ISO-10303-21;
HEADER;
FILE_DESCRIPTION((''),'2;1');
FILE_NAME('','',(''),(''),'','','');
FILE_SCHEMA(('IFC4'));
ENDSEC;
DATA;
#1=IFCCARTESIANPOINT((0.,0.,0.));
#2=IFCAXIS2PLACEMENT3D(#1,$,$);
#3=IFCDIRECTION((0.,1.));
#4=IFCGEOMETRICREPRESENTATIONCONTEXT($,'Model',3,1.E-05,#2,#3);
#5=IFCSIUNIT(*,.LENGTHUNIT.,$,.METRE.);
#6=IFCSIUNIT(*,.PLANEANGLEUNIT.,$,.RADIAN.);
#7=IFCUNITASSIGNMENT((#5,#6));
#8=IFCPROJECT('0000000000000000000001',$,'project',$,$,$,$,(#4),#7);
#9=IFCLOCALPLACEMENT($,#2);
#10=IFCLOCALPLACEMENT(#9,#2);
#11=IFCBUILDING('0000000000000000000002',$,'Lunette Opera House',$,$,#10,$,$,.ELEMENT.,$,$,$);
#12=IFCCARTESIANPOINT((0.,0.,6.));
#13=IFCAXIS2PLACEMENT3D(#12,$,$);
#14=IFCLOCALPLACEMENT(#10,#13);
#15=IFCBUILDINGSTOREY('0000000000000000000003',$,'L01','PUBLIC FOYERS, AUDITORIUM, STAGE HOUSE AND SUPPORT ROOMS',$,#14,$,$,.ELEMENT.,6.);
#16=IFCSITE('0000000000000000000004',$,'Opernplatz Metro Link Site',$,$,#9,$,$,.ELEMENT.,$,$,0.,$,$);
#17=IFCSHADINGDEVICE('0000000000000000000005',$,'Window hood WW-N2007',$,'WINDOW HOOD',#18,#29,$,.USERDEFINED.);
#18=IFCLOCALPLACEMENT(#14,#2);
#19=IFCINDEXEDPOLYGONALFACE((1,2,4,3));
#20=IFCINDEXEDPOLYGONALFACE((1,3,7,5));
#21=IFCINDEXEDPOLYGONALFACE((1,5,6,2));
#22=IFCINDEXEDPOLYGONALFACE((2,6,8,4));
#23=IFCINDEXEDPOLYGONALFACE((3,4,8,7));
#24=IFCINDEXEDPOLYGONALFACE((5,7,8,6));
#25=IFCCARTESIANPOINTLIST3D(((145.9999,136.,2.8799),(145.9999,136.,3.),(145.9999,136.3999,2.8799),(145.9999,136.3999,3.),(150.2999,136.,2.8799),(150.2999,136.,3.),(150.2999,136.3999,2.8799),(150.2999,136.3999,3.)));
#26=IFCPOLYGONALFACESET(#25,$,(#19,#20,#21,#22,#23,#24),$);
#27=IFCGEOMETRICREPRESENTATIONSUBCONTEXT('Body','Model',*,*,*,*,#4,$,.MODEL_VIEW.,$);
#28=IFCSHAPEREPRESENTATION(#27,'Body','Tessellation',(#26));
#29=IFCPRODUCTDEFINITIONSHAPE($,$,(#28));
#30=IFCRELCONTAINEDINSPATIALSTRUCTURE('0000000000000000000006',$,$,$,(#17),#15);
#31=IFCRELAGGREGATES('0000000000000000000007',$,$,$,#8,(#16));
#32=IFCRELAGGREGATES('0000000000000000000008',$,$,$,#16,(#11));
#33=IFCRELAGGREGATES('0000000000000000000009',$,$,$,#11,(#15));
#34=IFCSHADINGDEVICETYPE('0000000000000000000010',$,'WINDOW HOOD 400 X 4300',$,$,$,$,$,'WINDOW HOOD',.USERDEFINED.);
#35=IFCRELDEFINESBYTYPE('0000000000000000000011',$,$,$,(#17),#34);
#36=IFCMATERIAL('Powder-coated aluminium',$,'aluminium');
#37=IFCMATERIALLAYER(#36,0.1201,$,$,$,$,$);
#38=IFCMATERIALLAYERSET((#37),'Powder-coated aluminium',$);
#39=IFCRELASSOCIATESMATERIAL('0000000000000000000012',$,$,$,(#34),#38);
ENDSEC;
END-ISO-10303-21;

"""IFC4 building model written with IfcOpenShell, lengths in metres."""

from ifc_helpers import new_model, si_unit, direction, frame, origin, origin_2d, place, context, subcontext, project, spatial, rectangle, extrude, material, layer, layer_set, type_object, element, save


model = new_model("IFC4")

# Units and contexts
model_context = context("Model", 3, precision=1e-05, world=origin(), true_north=direction((0.0, 1.0)))
body_context = subcontext(model_context, "Body", "Model", "MODEL_VIEW")
ifc_project = project(units=[si_unit("LENGTHUNIT", "METRE"), si_unit("PLANEANGLEUNIT", "RADIAN")], contexts=[model_context])

# Site, building, storey
site_placement = place(None, origin())
site = spatial("IfcSite", under=ifc_project, at=site_placement, Name="Opernplatz Metro Link Site", CompositionType="ELEMENT", RefElevation=0.0)
building_placement = place(site_placement, origin())
building = spatial("IfcBuilding", under=site, at=building_placement, Name="Lunette Opera House", CompositionType="ELEMENT")
storey_placement = place(building_placement, frame((0.0, 0.0, 6.0)))
storey = spatial("IfcBuildingStorey", under=building, at=storey_placement, Name="L01", Description="PUBLIC FOYERS, AUDITORIUM, STAGE HOUSE AND SUPPORT ROOMS", CompositionType="ELEMENT", Elevation=6.0)

# Shading device
ifc_material_1 = material(Name="Powder-coated aluminium", Category="aluminium")
ifc_layer_1 = layer(ifc_material_1, 0.1201)
ifc_layer_set_1 = layer_set([ifc_layer_1], Name="Powder-coated aluminium")
shading_device_type = type_object("IfcShadingDeviceType", Name="WINDOW HOOD 400 X 4300", ElementType="WINDOW HOOD", PredefinedType="USERDEFINED", material=ifc_layer_set_1)
for number, where, z_axis, x_axis, name in (
    (1, (148.1499, 136.2, 2.8799), (0.0, 0.0, 1.0), (0.0, 1.0, 0.0), "Window hood WW-N2007"),
):
    element("IfcShadingDevice", number, at=place(storey_placement, frame(where, z_axis=z_axis, x_axis=x_axis)), inside=storey, type_object=shading_device_type, Name=name, ObjectType="WINDOW HOOD", PredefinedType="USERDEFINED", context=body_context, shape_type="SweptSolid", body=[
        extrude(rectangle(XDim=0.3999, YDim=4.3, at=origin_2d()), origin(), (0.0, 0.0, 1.0), 0.1201),
    ])

save(model, "model.ifc")
